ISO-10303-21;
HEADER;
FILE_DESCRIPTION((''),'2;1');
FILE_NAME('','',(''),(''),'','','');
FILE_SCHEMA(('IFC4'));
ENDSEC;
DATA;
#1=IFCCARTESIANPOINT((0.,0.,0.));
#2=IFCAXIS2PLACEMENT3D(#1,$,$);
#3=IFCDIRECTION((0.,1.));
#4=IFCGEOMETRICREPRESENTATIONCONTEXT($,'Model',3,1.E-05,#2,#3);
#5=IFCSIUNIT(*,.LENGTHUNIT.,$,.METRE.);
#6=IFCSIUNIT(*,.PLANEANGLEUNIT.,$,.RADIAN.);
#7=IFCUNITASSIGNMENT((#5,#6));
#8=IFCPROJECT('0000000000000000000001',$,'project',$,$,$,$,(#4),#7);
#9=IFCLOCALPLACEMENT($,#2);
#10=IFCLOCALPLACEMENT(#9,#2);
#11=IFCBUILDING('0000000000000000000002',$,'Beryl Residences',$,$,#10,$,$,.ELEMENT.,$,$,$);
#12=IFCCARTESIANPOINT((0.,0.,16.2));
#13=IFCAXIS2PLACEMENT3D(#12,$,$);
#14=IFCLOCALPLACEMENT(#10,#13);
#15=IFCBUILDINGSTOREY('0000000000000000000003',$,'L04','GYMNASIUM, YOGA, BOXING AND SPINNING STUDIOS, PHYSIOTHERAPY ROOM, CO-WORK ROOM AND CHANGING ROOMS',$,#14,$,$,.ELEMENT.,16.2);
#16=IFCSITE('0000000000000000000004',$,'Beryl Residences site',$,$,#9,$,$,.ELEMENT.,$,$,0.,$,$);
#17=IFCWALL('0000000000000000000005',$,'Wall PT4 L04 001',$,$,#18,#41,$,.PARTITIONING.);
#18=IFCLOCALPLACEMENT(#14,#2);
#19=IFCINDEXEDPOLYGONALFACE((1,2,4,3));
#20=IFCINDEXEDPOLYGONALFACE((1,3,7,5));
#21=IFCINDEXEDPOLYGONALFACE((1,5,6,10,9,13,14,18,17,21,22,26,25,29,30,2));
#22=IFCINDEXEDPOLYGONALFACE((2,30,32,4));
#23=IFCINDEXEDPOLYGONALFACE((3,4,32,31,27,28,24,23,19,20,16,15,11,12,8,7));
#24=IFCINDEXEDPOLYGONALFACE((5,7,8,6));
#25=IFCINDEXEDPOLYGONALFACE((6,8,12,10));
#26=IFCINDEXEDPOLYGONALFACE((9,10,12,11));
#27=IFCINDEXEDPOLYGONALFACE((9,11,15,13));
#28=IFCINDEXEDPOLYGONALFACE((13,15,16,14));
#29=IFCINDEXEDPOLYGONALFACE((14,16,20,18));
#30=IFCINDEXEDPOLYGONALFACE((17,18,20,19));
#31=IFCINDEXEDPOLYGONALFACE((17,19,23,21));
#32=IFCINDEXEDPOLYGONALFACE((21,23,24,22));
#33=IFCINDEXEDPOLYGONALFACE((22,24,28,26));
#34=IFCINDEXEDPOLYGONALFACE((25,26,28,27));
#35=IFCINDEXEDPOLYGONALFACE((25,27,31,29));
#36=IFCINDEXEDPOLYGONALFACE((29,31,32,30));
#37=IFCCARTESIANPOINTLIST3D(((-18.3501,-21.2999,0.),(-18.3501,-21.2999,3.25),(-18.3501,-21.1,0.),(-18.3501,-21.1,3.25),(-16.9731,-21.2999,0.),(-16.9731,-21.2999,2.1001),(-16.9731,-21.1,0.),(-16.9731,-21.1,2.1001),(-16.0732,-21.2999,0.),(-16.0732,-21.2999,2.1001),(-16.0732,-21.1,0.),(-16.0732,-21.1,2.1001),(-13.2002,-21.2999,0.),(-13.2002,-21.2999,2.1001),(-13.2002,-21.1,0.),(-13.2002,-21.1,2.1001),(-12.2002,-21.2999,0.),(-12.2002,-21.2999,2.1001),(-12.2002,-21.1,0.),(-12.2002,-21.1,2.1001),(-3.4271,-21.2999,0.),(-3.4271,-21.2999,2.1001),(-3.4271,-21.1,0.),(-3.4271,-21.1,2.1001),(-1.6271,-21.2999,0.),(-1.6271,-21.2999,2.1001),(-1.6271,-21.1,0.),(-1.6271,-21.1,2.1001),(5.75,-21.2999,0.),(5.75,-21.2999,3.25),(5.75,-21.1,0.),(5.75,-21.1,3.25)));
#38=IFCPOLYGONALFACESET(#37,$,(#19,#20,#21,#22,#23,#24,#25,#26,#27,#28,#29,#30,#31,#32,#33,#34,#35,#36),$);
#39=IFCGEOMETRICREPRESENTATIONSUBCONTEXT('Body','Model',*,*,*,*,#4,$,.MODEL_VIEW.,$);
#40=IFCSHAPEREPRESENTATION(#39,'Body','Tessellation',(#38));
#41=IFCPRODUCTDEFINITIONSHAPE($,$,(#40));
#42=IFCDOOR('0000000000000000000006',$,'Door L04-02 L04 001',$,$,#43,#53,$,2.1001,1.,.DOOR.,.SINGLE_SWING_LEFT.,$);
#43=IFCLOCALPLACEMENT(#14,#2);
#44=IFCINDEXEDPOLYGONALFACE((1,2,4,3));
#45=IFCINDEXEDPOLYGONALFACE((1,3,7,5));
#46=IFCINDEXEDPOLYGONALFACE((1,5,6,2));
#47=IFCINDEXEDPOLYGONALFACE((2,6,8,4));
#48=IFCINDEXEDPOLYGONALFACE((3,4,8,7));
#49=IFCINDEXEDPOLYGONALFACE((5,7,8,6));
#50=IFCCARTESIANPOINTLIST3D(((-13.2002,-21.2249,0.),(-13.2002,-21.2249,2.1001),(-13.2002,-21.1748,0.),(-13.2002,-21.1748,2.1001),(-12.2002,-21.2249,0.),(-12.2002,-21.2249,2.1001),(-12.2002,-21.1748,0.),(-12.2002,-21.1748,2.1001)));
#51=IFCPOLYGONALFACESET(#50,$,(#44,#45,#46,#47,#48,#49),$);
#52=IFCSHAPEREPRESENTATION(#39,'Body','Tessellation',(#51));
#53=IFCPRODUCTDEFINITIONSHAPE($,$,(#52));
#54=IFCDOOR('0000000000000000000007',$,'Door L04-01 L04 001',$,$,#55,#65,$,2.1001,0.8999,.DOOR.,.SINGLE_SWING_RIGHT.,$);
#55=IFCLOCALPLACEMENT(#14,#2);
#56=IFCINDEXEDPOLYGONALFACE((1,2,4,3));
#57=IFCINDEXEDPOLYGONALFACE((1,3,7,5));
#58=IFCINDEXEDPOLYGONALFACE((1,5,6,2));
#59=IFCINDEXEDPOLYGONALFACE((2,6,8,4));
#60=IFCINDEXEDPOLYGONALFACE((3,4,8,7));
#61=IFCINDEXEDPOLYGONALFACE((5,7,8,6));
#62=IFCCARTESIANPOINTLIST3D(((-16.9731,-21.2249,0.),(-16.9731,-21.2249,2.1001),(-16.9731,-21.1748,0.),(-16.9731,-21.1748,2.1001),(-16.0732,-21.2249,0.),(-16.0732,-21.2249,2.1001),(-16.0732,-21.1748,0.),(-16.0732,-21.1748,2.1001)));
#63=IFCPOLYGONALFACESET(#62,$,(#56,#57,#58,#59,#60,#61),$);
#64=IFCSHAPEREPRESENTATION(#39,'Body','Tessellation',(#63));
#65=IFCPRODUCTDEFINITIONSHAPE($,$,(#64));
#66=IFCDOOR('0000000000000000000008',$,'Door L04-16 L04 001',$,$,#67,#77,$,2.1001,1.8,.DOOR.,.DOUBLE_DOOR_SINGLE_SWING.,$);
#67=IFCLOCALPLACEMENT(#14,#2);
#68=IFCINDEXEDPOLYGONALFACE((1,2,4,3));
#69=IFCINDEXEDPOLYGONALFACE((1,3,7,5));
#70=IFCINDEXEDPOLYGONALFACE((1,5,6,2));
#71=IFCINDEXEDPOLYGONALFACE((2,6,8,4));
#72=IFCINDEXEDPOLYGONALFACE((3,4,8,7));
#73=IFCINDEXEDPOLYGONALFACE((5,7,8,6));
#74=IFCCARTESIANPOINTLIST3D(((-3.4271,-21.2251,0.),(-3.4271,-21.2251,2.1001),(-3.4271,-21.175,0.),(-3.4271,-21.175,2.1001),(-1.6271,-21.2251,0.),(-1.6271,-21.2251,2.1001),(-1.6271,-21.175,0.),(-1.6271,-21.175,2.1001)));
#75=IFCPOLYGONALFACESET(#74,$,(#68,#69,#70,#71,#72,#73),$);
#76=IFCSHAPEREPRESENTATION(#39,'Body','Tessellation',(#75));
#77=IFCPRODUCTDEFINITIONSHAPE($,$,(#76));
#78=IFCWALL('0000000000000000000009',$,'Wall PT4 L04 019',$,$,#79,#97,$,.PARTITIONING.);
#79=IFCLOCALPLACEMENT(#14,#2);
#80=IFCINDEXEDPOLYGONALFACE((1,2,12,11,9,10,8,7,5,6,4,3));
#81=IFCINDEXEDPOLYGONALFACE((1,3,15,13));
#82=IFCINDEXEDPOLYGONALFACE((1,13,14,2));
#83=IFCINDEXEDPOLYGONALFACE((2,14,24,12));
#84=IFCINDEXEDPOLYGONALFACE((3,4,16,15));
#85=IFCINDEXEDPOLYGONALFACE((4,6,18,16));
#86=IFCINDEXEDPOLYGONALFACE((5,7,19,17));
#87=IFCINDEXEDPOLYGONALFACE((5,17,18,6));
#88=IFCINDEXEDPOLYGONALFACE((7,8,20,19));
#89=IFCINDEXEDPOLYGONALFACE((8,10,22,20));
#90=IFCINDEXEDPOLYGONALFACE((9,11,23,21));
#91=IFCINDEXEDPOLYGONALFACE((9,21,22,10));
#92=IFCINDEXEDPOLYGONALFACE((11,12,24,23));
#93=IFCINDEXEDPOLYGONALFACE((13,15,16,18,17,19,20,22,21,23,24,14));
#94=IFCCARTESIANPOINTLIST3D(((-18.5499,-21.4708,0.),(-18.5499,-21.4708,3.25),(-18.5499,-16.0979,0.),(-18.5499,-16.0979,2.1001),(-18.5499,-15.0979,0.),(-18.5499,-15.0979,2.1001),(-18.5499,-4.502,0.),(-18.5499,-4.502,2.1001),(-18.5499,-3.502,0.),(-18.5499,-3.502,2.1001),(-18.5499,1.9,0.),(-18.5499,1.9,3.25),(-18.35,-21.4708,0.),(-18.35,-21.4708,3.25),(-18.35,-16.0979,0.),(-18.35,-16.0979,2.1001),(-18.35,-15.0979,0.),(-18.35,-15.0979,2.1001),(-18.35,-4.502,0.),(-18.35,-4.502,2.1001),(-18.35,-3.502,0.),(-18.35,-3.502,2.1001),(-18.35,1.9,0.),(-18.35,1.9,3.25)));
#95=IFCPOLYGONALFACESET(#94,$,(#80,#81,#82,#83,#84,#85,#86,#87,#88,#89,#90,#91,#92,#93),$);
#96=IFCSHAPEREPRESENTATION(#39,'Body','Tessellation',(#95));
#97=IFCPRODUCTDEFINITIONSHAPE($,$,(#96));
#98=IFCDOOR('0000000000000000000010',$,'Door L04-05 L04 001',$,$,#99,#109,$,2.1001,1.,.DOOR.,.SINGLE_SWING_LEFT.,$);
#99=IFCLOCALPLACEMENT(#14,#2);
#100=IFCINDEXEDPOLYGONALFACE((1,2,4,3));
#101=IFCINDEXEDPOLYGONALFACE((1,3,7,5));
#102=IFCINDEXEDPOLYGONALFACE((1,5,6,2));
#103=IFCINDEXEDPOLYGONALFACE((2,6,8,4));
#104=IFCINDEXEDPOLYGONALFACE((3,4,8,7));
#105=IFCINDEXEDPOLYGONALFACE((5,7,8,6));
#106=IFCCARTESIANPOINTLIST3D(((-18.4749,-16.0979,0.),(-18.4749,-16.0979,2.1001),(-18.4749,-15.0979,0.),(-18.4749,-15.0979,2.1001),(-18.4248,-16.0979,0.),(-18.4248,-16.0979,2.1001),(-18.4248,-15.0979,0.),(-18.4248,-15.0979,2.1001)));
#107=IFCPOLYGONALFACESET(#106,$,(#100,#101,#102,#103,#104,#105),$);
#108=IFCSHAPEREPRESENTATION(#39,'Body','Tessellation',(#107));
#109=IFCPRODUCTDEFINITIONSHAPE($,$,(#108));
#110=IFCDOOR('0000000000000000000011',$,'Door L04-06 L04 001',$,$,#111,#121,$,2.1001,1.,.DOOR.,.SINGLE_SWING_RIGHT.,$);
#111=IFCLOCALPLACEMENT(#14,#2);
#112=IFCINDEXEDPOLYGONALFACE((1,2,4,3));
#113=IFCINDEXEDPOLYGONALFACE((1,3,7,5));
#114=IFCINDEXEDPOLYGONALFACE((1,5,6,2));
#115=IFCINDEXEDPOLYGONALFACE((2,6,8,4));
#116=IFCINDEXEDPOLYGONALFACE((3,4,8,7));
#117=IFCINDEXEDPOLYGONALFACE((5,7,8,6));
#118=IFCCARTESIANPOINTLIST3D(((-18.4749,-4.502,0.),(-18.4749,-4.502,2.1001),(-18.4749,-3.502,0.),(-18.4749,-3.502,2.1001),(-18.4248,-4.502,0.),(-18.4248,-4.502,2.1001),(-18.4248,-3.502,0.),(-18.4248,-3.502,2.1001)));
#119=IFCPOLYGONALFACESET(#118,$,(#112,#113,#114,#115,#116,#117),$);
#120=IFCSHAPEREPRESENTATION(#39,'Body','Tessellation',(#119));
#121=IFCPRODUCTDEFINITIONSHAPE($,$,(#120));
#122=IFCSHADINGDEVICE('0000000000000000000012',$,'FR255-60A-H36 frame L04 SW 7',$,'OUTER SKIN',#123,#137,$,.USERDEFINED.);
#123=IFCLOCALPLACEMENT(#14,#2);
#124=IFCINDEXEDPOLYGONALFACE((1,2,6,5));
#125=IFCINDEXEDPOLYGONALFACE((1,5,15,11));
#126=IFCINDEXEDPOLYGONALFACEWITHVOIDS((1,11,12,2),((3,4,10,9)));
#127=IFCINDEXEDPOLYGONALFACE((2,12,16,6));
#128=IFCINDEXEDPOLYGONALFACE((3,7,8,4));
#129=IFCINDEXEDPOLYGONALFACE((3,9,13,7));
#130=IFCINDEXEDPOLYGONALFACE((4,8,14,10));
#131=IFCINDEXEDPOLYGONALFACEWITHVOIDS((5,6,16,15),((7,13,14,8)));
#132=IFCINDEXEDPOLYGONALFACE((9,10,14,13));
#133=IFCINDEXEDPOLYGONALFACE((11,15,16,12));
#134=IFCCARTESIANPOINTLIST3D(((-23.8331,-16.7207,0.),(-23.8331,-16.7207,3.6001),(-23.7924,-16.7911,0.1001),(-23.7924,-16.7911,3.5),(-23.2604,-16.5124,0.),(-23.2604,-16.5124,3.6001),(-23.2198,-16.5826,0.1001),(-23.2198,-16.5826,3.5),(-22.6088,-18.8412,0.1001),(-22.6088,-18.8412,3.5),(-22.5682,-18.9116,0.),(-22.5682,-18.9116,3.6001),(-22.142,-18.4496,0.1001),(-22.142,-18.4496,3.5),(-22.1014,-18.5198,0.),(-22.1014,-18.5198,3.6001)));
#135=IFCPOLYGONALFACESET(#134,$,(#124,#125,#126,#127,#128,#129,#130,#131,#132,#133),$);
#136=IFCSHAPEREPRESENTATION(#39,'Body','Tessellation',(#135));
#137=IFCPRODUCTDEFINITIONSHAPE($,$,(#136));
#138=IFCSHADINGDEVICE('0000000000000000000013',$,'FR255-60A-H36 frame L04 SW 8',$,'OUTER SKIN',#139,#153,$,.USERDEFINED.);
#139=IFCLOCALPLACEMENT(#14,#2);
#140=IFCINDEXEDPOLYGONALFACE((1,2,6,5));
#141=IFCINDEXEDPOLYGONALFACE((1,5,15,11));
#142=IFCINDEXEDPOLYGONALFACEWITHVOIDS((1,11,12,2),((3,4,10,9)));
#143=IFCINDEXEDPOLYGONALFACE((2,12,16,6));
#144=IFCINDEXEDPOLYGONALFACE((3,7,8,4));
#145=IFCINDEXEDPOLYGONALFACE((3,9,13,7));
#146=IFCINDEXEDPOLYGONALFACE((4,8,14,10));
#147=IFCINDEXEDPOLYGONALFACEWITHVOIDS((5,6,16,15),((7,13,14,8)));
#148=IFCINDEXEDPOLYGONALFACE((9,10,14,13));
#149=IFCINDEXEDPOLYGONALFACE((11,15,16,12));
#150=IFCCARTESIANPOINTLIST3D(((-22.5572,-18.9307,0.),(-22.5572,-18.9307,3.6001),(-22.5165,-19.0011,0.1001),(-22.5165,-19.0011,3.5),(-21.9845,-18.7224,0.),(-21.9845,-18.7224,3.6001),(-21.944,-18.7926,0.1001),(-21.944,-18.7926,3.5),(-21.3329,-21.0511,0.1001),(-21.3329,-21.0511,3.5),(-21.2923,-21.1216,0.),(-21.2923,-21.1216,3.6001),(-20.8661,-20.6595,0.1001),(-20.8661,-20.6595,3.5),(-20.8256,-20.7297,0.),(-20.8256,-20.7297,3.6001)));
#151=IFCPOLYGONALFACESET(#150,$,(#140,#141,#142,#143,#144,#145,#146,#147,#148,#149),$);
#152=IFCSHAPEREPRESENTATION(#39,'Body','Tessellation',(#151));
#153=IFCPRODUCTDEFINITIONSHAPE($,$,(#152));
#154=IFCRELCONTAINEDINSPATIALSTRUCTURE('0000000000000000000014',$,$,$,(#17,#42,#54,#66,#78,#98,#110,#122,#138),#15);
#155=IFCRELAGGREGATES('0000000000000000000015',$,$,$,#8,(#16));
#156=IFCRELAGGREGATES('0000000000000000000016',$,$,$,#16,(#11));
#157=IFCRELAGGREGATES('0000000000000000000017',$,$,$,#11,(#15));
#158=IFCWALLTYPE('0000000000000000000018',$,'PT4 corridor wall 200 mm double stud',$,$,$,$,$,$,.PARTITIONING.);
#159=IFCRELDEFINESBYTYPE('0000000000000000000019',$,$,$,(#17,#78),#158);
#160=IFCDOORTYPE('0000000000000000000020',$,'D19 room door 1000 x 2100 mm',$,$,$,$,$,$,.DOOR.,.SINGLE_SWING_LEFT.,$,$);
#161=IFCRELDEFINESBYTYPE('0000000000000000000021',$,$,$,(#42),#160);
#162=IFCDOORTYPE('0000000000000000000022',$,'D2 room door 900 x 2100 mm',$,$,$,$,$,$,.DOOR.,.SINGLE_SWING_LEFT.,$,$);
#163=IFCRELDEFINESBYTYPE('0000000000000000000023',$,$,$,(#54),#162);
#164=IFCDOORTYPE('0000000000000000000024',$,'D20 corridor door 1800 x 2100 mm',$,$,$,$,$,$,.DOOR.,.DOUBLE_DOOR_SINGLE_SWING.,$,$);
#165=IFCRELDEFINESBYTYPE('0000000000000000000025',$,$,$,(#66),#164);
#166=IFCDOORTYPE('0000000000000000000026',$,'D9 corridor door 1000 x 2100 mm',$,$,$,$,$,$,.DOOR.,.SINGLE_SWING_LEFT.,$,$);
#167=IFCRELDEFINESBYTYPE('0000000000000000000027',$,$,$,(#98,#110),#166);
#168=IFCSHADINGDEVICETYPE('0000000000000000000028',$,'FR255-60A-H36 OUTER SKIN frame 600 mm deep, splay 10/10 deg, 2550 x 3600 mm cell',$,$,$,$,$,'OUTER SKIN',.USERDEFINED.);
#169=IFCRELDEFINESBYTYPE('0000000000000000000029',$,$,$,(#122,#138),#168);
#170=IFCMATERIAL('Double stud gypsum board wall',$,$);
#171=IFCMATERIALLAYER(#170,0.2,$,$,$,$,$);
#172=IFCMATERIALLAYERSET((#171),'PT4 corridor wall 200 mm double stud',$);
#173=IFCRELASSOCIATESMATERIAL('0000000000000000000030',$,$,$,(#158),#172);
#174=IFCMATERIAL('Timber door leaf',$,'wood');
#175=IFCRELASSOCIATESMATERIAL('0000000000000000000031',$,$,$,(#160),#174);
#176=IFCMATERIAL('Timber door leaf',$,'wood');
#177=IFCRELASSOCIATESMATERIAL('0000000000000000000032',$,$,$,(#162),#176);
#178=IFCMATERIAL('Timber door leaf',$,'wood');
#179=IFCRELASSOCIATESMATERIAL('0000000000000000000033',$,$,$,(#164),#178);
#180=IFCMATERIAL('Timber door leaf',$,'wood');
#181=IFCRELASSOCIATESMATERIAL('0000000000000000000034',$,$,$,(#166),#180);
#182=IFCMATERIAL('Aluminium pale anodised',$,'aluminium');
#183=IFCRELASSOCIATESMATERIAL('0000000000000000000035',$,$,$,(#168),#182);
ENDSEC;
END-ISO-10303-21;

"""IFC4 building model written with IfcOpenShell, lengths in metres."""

from ifc_helpers import new_model, entity, si_unit, direction, frame, frame_2d, origin, place, context, subcontext, project, spatial, rectangle, extrude, source, transform, mapped, material, layer, layer_set, type_object, type_shapes, element, fill, save


model = new_model("IFC4")

# Units and contexts
model_context = context("Model", 3, precision=1e-05, world=origin(), true_north=direction((0.0, 1.0)))
body_context = subcontext(model_context, "Body", "Model", "MODEL_VIEW")
ifc_project = project(units=[si_unit("LENGTHUNIT", "METRE"), si_unit("PLANEANGLEUNIT", "RADIAN")], contexts=[model_context])

# Site, building, storey
site_placement = place(None, origin())
site = spatial("IfcSite", under=ifc_project, at=site_placement, Name="Beryl Residences site", CompositionType="ELEMENT", RefElevation=0.0)
building_placement = place(site_placement, origin())
building = spatial("IfcBuilding", under=site, at=building_placement, Name="Beryl Residences", CompositionType="ELEMENT")
storey_placement = place(building_placement, frame((0.0, 0.0, 16.2)))
storey = spatial("IfcBuildingStorey", under=building, at=storey_placement, Name="L04", Description="GYMNASIUM, YOGA, BOXING AND SPINNING STUDIOS, PHYSIOTHERAPY ROOM, CO-WORK ROOM AND CHANGING ROOMS", CompositionType="ELEMENT", Elevation=16.2)

# Walls, openings, doors
ifc_material_1 = material(Name="Double stud gypsum board wall")
ifc_layer_1 = layer(ifc_material_1, 0.2)
ifc_layer_set_1 = layer_set([ifc_layer_1], Name="PT4 corridor wall 200 mm double stud")
wall_type = type_object("IfcWallType", Name="PT4 corridor wall 200 mm double stud", PredefinedType="PARTITIONING", material=ifc_layer_set_1)
wall_1_placement = place(storey_placement, frame((-18.3501, -21.2, 0.0), z_axis=(0.0, 0.0, 1.0), x_axis=(1.0, 0.0, 0.0)))
wall_1 = element("IfcWall", 1, at=wall_1_placement, inside=storey, type_object=wall_type, Name="Wall PT4 L04 001", PredefinedType="PARTITIONING", context=body_context, shape_type="SweptSolid", body=[
    extrude(rectangle(XDim=24.1001, YDim=0.2, at=frame_2d((12.05, 0.0))), origin(), (0.0, 0.0, 1.0), 3.25),
])
opening_1_placement = place(wall_1_placement, frame((2.2769, 0.0, 0.0), z_axis=(0.0, 0.0, 1.0), x_axis=(-1.0, 0.0, 0.0)))
opening_1 = element("IfcOpeningElement", 2, at=opening_1_placement, cuts=wall_1, PredefinedType="OPENING", context=body_context, shape_type="SweptSolid", body=[
    extrude(rectangle(XDim=0.8999, YDim=2.1001, at=frame_2d((0.45, 1.05))), frame((0.0, 0.1099, 0.0), z_axis=(0.0, -1.0, 0.0), x_axis=(1.0, 0.0, 0.0)), (0.0, 0.0, 1.0), 0.22),
])
opening_2_placement = place(wall_1_placement, frame((6.1499, 0.0, 0.0), z_axis=(0.0, 0.0, 1.0), x_axis=(-1.0, 0.0, 0.0)))
opening_2 = element("IfcOpeningElement", 3, at=opening_2_placement, cuts=wall_1, PredefinedType="OPENING", context=body_context, shape_type="SweptSolid", body=[
    extrude(rectangle(XDim=1.0, YDim=2.1001, at=frame_2d((0.5, 1.05))), frame((0.0, 0.1099, 0.0), z_axis=(0.0, -1.0, 0.0), x_axis=(1.0, 0.0, 0.0)), (0.0, 0.0, 1.0), 0.22),
])
opening_3_placement = place(wall_1_placement, frame((14.9231, 0.0, 0.0)))
opening_3 = element("IfcOpeningElement", 4, at=opening_3_placement, cuts=wall_1, PredefinedType="OPENING", context=body_context, shape_type="SweptSolid", body=[
    extrude(rectangle(XDim=1.8, YDim=2.1001, at=frame_2d((0.8999, 1.05))), frame((0.0, 0.1099, 0.0), z_axis=(0.0, -1.0, 0.0), x_axis=(1.0, 0.0, 0.0)), (0.0, 0.0, 1.0), 0.22),
])
ifc_material_2 = material(Name="Timber door leaf", Category="wood")
door_type_1 = type_object("IfcDoorType", Name="D19 room door 1000 x 2100 mm", OperationType="SINGLE_SWING_LEFT", PredefinedType="DOOR", material=ifc_material_2)
door_1_placement = place(opening_2_placement, origin())
door_1 = element("IfcDoor", 5, at=door_1_placement, inside=storey, type_object=door_type_1, Name="Door L04-02 L04 001", OperationType="SINGLE_SWING_LEFT", OverallHeight=2.1001, OverallWidth=1.0, PredefinedType="DOOR", context=body_context, shape_type="SweptSolid", body=[
    extrude(rectangle(XDim=1.0, YDim=2.1001, at=frame_2d((0.5, 1.05))), frame((0.0, 0.0249, 0.0), z_axis=(0.0, -1.0, 0.0), x_axis=(1.0, 0.0, 0.0)), (0.0, 0.0, 1.0), 0.05),
])
fill(opening_2, door_1)
ifc_material_3 = material(Name="Timber door leaf", Category="wood")
door_type_2 = type_object("IfcDoorType", Name="D2 room door 900 x 2100 mm", OperationType="SINGLE_SWING_LEFT", PredefinedType="DOOR", material=ifc_material_3)
door_2_placement = place(opening_1_placement, origin())
door_2 = element("IfcDoor", 6, at=door_2_placement, inside=storey, type_object=door_type_2, Name="Door L04-01 L04 001", OperationType="SINGLE_SWING_RIGHT", OverallHeight=2.1001, OverallWidth=0.8999, PredefinedType="DOOR", context=body_context, shape_type="SweptSolid", body=[
    extrude(rectangle(XDim=0.8999, YDim=2.1001, at=frame_2d((0.45, 1.05))), frame((0.0, 0.0249, 0.0), z_axis=(0.0, -1.0, 0.0), x_axis=(1.0, 0.0, 0.0)), (0.0, 0.0, 1.0), 0.05),
])
fill(opening_1, door_2)
ifc_material_4 = material(Name="Timber door leaf", Category="wood")
door_type_3 = type_object("IfcDoorType", Name="D20 corridor door 1800 x 2100 mm", OperationType="DOUBLE_DOOR_SINGLE_SWING", PredefinedType="DOOR", material=ifc_material_4)
door_3_placement = place(opening_3_placement, origin())
door_3 = element("IfcDoor", 7, at=door_3_placement, inside=storey, type_object=door_type_3, Name="Door L04-16 L04 001", OperationType="DOUBLE_DOOR_SINGLE_SWING", OverallHeight=2.1001, OverallWidth=1.8, PredefinedType="DOOR", context=body_context, shape_type="SweptSolid", body=[
    extrude(rectangle(XDim=1.8, YDim=2.1001, at=frame_2d((0.8999, 1.05))), frame((0.0, 0.0249, 0.0), z_axis=(0.0, -1.0, 0.0), x_axis=(1.0, 0.0, 0.0)), (0.0, 0.0, 1.0), 0.05),
])
fill(opening_3, door_3)
wall_2_placement = place(storey_placement, frame((-18.45, -21.4709, 0.0), z_axis=(0.0, 0.0, 1.0), x_axis=(0.0, 1.0, 0.0)))
wall_2 = element("IfcWall", 8, at=wall_2_placement, inside=storey, type_object=wall_type, Name="Wall PT4 L04 019", PredefinedType="PARTITIONING", context=body_context, shape_type="SweptSolid", body=[
    extrude(rectangle(XDim=23.3708, YDim=0.2, at=frame_2d((11.6855, 0.0))), origin(), (0.0, 0.0, 1.0), 3.25),
])
opening_4_placement = place(wall_2_placement, frame((5.373, 0.0, 0.0)))
opening_4 = element("IfcOpeningElement", 9, at=opening_4_placement, cuts=wall_2, PredefinedType="OPENING", context=body_context, shape_type="SweptSolid", body=[
    extrude(rectangle(XDim=1.0, YDim=2.1001, at=frame_2d((0.5, 1.05))), frame((0.0, 0.1099, 0.0), z_axis=(0.0, -1.0, 0.0), x_axis=(1.0, 0.0, 0.0)), (0.0, 0.0, 1.0), 0.22),
])
opening_5_placement = place(wall_2_placement, frame((16.969, 0.0, 0.0)))
opening_5 = element("IfcOpeningElement", 10, at=opening_5_placement, cuts=wall_2, PredefinedType="OPENING", context=body_context, shape_type="SweptSolid", body=[
    extrude(rectangle(XDim=1.0, YDim=2.1001, at=frame_2d((0.5, 1.05))), frame((0.0, 0.1099, 0.0), z_axis=(0.0, -1.0, 0.0), x_axis=(1.0, 0.0, 0.0)), (0.0, 0.0, 1.0), 0.22),
])
ifc_material_5 = material(Name="Timber door leaf", Category="wood")
door_type_4 = type_object("IfcDoorType", Name="D9 corridor door 1000 x 2100 mm", OperationType="SINGLE_SWING_LEFT", PredefinedType="DOOR", material=ifc_material_5)
door_4_placement = place(opening_4_placement, origin())
door_4 = element("IfcDoor", 11, at=door_4_placement, inside=storey, type_object=door_type_4, Name="Door L04-05 L04 001", OperationType="SINGLE_SWING_LEFT", OverallHeight=2.1001, OverallWidth=1.0, PredefinedType="DOOR", context=body_context, shape_type="SweptSolid", body=[
    extrude(rectangle(XDim=1.0, YDim=2.1001, at=frame_2d((0.5, 1.05))), frame((0.0, 0.0249, 0.0), z_axis=(0.0, -1.0, 0.0), x_axis=(1.0, 0.0, 0.0)), (0.0, 0.0, 1.0), 0.05),
])
fill(opening_4, door_4)
door_5_placement = place(opening_5_placement, origin())
door_5 = element("IfcDoor", 12, at=door_5_placement, inside=storey, type_object=door_type_4, Name="Door L04-06 L04 001", OperationType="SINGLE_SWING_RIGHT", OverallHeight=2.1001, OverallWidth=1.0, PredefinedType="DOOR", context=body_context, shape_type="SweptSolid", body=[
    extrude(rectangle(XDim=1.0, YDim=2.1001, at=frame_2d((0.5, 1.05))), frame((0.0, 0.0249, 0.0), z_axis=(0.0, -1.0, 0.0), x_axis=(1.0, 0.0, 0.0)), (0.0, 0.0, 1.0), 0.05),
])
fill(opening_5, door_5)

# Shading devices
ifc_material_6 = material(Name="Aluminium pale anodised", Category="aluminium")
shading_device_type = type_object("IfcShadingDeviceType", Name="FR255-60A-H36 OUTER SKIN frame 600 mm deep, splay 10/10 deg, 2550 x 3600 mm cell", ElementType="OUTER SKIN", PredefinedType="USERDEFINED", material=ifc_material_6)
cartesian_point_1 = entity("IfcCartesianPoint", [-1.1589, 0.0])
cartesian_point_2 = entity("IfcCartesianPoint", [-1.0779, 0.1001])
cartesian_point_3 = entity("IfcCartesianPoint", [-1.2649, 0.0])
cartesian_point_4 = entity("IfcCartesianPoint", [-1.1836, 0.1001])
shared_shape_1 = source(origin(), body_context, "Body", "SweptSolid", [
    entity("IfcExtrudedAreaSolidTapered", entity("IfcArbitraryProfileDefWithVoids", "AREA", None, entity("IfcPolyline", [cartesian_point_1, entity("IfcCartesianPoint", [1.1589, 0.0]), entity("IfcCartesianPoint", [1.1589, 3.6001]), entity("IfcCartesianPoint", [-1.1589, 3.6001]), cartesian_point_1]), [entity("IfcPolyline", [cartesian_point_2, entity("IfcCartesianPoint", [1.0779, 0.1001]), entity("IfcCartesianPoint", [1.0779, 3.5]), entity("IfcCartesianPoint", [-1.0779, 3.5]), cartesian_point_2])]), entity("IfcAxis2Placement3D", entity("IfcCartesianPoint", [0.0, 0.0, 0.0]), entity("IfcDirection", [0.0, 1.0, 0.0]), entity("IfcDirection", [-1.0, 0.0, 0.0])), entity("IfcDirection", [0.0, 0.0, 1.0]), 0.6001, entity("IfcArbitraryProfileDefWithVoids", "AREA", None, entity("IfcPolyline", [cartesian_point_3, entity("IfcCartesianPoint", [1.2649, 0.0]), entity("IfcCartesianPoint", [1.2649, 3.6001]), entity("IfcCartesianPoint", [-1.2649, 3.6001]), cartesian_point_3]), [entity("IfcPolyline", [cartesian_point_4, entity("IfcCartesianPoint", [1.1836, 0.1001]), entity("IfcCartesianPoint", [1.1836, 3.5]), entity("IfcCartesianPoint", [-1.1836, 3.5]), cartesian_point_4])])),
])
type_shapes(shading_device_type, [shared_shape_1])
for number, where, z_axis, x_axis, name in (
    (13, (-22.6809, -17.5161, 0.0), (0.0, 0.0, 1.0), (-0.5, 0.866025, 0.0), "FR255-60A-H36 frame L04 SW 7"),
    (14, (-21.405, -19.7261, 0.0), (0.0, 0.0, 1.0), (-0.5, 0.866025, 0.0), "FR255-60A-H36 frame L04 SW 8"),
):
    element("IfcShadingDevice", number, at=place(storey_placement, frame(where, z_axis=z_axis, x_axis=x_axis)), inside=storey, type_object=shading_device_type, Name=name, ObjectType="OUTER SKIN", PredefinedType="USERDEFINED", context=body_context, shape_type="MappedRepresentation", body=[
        mapped(shared_shape_1, transform((0.0, 0.0, 0.0))),
    ])

save(model, "model.ifc")
